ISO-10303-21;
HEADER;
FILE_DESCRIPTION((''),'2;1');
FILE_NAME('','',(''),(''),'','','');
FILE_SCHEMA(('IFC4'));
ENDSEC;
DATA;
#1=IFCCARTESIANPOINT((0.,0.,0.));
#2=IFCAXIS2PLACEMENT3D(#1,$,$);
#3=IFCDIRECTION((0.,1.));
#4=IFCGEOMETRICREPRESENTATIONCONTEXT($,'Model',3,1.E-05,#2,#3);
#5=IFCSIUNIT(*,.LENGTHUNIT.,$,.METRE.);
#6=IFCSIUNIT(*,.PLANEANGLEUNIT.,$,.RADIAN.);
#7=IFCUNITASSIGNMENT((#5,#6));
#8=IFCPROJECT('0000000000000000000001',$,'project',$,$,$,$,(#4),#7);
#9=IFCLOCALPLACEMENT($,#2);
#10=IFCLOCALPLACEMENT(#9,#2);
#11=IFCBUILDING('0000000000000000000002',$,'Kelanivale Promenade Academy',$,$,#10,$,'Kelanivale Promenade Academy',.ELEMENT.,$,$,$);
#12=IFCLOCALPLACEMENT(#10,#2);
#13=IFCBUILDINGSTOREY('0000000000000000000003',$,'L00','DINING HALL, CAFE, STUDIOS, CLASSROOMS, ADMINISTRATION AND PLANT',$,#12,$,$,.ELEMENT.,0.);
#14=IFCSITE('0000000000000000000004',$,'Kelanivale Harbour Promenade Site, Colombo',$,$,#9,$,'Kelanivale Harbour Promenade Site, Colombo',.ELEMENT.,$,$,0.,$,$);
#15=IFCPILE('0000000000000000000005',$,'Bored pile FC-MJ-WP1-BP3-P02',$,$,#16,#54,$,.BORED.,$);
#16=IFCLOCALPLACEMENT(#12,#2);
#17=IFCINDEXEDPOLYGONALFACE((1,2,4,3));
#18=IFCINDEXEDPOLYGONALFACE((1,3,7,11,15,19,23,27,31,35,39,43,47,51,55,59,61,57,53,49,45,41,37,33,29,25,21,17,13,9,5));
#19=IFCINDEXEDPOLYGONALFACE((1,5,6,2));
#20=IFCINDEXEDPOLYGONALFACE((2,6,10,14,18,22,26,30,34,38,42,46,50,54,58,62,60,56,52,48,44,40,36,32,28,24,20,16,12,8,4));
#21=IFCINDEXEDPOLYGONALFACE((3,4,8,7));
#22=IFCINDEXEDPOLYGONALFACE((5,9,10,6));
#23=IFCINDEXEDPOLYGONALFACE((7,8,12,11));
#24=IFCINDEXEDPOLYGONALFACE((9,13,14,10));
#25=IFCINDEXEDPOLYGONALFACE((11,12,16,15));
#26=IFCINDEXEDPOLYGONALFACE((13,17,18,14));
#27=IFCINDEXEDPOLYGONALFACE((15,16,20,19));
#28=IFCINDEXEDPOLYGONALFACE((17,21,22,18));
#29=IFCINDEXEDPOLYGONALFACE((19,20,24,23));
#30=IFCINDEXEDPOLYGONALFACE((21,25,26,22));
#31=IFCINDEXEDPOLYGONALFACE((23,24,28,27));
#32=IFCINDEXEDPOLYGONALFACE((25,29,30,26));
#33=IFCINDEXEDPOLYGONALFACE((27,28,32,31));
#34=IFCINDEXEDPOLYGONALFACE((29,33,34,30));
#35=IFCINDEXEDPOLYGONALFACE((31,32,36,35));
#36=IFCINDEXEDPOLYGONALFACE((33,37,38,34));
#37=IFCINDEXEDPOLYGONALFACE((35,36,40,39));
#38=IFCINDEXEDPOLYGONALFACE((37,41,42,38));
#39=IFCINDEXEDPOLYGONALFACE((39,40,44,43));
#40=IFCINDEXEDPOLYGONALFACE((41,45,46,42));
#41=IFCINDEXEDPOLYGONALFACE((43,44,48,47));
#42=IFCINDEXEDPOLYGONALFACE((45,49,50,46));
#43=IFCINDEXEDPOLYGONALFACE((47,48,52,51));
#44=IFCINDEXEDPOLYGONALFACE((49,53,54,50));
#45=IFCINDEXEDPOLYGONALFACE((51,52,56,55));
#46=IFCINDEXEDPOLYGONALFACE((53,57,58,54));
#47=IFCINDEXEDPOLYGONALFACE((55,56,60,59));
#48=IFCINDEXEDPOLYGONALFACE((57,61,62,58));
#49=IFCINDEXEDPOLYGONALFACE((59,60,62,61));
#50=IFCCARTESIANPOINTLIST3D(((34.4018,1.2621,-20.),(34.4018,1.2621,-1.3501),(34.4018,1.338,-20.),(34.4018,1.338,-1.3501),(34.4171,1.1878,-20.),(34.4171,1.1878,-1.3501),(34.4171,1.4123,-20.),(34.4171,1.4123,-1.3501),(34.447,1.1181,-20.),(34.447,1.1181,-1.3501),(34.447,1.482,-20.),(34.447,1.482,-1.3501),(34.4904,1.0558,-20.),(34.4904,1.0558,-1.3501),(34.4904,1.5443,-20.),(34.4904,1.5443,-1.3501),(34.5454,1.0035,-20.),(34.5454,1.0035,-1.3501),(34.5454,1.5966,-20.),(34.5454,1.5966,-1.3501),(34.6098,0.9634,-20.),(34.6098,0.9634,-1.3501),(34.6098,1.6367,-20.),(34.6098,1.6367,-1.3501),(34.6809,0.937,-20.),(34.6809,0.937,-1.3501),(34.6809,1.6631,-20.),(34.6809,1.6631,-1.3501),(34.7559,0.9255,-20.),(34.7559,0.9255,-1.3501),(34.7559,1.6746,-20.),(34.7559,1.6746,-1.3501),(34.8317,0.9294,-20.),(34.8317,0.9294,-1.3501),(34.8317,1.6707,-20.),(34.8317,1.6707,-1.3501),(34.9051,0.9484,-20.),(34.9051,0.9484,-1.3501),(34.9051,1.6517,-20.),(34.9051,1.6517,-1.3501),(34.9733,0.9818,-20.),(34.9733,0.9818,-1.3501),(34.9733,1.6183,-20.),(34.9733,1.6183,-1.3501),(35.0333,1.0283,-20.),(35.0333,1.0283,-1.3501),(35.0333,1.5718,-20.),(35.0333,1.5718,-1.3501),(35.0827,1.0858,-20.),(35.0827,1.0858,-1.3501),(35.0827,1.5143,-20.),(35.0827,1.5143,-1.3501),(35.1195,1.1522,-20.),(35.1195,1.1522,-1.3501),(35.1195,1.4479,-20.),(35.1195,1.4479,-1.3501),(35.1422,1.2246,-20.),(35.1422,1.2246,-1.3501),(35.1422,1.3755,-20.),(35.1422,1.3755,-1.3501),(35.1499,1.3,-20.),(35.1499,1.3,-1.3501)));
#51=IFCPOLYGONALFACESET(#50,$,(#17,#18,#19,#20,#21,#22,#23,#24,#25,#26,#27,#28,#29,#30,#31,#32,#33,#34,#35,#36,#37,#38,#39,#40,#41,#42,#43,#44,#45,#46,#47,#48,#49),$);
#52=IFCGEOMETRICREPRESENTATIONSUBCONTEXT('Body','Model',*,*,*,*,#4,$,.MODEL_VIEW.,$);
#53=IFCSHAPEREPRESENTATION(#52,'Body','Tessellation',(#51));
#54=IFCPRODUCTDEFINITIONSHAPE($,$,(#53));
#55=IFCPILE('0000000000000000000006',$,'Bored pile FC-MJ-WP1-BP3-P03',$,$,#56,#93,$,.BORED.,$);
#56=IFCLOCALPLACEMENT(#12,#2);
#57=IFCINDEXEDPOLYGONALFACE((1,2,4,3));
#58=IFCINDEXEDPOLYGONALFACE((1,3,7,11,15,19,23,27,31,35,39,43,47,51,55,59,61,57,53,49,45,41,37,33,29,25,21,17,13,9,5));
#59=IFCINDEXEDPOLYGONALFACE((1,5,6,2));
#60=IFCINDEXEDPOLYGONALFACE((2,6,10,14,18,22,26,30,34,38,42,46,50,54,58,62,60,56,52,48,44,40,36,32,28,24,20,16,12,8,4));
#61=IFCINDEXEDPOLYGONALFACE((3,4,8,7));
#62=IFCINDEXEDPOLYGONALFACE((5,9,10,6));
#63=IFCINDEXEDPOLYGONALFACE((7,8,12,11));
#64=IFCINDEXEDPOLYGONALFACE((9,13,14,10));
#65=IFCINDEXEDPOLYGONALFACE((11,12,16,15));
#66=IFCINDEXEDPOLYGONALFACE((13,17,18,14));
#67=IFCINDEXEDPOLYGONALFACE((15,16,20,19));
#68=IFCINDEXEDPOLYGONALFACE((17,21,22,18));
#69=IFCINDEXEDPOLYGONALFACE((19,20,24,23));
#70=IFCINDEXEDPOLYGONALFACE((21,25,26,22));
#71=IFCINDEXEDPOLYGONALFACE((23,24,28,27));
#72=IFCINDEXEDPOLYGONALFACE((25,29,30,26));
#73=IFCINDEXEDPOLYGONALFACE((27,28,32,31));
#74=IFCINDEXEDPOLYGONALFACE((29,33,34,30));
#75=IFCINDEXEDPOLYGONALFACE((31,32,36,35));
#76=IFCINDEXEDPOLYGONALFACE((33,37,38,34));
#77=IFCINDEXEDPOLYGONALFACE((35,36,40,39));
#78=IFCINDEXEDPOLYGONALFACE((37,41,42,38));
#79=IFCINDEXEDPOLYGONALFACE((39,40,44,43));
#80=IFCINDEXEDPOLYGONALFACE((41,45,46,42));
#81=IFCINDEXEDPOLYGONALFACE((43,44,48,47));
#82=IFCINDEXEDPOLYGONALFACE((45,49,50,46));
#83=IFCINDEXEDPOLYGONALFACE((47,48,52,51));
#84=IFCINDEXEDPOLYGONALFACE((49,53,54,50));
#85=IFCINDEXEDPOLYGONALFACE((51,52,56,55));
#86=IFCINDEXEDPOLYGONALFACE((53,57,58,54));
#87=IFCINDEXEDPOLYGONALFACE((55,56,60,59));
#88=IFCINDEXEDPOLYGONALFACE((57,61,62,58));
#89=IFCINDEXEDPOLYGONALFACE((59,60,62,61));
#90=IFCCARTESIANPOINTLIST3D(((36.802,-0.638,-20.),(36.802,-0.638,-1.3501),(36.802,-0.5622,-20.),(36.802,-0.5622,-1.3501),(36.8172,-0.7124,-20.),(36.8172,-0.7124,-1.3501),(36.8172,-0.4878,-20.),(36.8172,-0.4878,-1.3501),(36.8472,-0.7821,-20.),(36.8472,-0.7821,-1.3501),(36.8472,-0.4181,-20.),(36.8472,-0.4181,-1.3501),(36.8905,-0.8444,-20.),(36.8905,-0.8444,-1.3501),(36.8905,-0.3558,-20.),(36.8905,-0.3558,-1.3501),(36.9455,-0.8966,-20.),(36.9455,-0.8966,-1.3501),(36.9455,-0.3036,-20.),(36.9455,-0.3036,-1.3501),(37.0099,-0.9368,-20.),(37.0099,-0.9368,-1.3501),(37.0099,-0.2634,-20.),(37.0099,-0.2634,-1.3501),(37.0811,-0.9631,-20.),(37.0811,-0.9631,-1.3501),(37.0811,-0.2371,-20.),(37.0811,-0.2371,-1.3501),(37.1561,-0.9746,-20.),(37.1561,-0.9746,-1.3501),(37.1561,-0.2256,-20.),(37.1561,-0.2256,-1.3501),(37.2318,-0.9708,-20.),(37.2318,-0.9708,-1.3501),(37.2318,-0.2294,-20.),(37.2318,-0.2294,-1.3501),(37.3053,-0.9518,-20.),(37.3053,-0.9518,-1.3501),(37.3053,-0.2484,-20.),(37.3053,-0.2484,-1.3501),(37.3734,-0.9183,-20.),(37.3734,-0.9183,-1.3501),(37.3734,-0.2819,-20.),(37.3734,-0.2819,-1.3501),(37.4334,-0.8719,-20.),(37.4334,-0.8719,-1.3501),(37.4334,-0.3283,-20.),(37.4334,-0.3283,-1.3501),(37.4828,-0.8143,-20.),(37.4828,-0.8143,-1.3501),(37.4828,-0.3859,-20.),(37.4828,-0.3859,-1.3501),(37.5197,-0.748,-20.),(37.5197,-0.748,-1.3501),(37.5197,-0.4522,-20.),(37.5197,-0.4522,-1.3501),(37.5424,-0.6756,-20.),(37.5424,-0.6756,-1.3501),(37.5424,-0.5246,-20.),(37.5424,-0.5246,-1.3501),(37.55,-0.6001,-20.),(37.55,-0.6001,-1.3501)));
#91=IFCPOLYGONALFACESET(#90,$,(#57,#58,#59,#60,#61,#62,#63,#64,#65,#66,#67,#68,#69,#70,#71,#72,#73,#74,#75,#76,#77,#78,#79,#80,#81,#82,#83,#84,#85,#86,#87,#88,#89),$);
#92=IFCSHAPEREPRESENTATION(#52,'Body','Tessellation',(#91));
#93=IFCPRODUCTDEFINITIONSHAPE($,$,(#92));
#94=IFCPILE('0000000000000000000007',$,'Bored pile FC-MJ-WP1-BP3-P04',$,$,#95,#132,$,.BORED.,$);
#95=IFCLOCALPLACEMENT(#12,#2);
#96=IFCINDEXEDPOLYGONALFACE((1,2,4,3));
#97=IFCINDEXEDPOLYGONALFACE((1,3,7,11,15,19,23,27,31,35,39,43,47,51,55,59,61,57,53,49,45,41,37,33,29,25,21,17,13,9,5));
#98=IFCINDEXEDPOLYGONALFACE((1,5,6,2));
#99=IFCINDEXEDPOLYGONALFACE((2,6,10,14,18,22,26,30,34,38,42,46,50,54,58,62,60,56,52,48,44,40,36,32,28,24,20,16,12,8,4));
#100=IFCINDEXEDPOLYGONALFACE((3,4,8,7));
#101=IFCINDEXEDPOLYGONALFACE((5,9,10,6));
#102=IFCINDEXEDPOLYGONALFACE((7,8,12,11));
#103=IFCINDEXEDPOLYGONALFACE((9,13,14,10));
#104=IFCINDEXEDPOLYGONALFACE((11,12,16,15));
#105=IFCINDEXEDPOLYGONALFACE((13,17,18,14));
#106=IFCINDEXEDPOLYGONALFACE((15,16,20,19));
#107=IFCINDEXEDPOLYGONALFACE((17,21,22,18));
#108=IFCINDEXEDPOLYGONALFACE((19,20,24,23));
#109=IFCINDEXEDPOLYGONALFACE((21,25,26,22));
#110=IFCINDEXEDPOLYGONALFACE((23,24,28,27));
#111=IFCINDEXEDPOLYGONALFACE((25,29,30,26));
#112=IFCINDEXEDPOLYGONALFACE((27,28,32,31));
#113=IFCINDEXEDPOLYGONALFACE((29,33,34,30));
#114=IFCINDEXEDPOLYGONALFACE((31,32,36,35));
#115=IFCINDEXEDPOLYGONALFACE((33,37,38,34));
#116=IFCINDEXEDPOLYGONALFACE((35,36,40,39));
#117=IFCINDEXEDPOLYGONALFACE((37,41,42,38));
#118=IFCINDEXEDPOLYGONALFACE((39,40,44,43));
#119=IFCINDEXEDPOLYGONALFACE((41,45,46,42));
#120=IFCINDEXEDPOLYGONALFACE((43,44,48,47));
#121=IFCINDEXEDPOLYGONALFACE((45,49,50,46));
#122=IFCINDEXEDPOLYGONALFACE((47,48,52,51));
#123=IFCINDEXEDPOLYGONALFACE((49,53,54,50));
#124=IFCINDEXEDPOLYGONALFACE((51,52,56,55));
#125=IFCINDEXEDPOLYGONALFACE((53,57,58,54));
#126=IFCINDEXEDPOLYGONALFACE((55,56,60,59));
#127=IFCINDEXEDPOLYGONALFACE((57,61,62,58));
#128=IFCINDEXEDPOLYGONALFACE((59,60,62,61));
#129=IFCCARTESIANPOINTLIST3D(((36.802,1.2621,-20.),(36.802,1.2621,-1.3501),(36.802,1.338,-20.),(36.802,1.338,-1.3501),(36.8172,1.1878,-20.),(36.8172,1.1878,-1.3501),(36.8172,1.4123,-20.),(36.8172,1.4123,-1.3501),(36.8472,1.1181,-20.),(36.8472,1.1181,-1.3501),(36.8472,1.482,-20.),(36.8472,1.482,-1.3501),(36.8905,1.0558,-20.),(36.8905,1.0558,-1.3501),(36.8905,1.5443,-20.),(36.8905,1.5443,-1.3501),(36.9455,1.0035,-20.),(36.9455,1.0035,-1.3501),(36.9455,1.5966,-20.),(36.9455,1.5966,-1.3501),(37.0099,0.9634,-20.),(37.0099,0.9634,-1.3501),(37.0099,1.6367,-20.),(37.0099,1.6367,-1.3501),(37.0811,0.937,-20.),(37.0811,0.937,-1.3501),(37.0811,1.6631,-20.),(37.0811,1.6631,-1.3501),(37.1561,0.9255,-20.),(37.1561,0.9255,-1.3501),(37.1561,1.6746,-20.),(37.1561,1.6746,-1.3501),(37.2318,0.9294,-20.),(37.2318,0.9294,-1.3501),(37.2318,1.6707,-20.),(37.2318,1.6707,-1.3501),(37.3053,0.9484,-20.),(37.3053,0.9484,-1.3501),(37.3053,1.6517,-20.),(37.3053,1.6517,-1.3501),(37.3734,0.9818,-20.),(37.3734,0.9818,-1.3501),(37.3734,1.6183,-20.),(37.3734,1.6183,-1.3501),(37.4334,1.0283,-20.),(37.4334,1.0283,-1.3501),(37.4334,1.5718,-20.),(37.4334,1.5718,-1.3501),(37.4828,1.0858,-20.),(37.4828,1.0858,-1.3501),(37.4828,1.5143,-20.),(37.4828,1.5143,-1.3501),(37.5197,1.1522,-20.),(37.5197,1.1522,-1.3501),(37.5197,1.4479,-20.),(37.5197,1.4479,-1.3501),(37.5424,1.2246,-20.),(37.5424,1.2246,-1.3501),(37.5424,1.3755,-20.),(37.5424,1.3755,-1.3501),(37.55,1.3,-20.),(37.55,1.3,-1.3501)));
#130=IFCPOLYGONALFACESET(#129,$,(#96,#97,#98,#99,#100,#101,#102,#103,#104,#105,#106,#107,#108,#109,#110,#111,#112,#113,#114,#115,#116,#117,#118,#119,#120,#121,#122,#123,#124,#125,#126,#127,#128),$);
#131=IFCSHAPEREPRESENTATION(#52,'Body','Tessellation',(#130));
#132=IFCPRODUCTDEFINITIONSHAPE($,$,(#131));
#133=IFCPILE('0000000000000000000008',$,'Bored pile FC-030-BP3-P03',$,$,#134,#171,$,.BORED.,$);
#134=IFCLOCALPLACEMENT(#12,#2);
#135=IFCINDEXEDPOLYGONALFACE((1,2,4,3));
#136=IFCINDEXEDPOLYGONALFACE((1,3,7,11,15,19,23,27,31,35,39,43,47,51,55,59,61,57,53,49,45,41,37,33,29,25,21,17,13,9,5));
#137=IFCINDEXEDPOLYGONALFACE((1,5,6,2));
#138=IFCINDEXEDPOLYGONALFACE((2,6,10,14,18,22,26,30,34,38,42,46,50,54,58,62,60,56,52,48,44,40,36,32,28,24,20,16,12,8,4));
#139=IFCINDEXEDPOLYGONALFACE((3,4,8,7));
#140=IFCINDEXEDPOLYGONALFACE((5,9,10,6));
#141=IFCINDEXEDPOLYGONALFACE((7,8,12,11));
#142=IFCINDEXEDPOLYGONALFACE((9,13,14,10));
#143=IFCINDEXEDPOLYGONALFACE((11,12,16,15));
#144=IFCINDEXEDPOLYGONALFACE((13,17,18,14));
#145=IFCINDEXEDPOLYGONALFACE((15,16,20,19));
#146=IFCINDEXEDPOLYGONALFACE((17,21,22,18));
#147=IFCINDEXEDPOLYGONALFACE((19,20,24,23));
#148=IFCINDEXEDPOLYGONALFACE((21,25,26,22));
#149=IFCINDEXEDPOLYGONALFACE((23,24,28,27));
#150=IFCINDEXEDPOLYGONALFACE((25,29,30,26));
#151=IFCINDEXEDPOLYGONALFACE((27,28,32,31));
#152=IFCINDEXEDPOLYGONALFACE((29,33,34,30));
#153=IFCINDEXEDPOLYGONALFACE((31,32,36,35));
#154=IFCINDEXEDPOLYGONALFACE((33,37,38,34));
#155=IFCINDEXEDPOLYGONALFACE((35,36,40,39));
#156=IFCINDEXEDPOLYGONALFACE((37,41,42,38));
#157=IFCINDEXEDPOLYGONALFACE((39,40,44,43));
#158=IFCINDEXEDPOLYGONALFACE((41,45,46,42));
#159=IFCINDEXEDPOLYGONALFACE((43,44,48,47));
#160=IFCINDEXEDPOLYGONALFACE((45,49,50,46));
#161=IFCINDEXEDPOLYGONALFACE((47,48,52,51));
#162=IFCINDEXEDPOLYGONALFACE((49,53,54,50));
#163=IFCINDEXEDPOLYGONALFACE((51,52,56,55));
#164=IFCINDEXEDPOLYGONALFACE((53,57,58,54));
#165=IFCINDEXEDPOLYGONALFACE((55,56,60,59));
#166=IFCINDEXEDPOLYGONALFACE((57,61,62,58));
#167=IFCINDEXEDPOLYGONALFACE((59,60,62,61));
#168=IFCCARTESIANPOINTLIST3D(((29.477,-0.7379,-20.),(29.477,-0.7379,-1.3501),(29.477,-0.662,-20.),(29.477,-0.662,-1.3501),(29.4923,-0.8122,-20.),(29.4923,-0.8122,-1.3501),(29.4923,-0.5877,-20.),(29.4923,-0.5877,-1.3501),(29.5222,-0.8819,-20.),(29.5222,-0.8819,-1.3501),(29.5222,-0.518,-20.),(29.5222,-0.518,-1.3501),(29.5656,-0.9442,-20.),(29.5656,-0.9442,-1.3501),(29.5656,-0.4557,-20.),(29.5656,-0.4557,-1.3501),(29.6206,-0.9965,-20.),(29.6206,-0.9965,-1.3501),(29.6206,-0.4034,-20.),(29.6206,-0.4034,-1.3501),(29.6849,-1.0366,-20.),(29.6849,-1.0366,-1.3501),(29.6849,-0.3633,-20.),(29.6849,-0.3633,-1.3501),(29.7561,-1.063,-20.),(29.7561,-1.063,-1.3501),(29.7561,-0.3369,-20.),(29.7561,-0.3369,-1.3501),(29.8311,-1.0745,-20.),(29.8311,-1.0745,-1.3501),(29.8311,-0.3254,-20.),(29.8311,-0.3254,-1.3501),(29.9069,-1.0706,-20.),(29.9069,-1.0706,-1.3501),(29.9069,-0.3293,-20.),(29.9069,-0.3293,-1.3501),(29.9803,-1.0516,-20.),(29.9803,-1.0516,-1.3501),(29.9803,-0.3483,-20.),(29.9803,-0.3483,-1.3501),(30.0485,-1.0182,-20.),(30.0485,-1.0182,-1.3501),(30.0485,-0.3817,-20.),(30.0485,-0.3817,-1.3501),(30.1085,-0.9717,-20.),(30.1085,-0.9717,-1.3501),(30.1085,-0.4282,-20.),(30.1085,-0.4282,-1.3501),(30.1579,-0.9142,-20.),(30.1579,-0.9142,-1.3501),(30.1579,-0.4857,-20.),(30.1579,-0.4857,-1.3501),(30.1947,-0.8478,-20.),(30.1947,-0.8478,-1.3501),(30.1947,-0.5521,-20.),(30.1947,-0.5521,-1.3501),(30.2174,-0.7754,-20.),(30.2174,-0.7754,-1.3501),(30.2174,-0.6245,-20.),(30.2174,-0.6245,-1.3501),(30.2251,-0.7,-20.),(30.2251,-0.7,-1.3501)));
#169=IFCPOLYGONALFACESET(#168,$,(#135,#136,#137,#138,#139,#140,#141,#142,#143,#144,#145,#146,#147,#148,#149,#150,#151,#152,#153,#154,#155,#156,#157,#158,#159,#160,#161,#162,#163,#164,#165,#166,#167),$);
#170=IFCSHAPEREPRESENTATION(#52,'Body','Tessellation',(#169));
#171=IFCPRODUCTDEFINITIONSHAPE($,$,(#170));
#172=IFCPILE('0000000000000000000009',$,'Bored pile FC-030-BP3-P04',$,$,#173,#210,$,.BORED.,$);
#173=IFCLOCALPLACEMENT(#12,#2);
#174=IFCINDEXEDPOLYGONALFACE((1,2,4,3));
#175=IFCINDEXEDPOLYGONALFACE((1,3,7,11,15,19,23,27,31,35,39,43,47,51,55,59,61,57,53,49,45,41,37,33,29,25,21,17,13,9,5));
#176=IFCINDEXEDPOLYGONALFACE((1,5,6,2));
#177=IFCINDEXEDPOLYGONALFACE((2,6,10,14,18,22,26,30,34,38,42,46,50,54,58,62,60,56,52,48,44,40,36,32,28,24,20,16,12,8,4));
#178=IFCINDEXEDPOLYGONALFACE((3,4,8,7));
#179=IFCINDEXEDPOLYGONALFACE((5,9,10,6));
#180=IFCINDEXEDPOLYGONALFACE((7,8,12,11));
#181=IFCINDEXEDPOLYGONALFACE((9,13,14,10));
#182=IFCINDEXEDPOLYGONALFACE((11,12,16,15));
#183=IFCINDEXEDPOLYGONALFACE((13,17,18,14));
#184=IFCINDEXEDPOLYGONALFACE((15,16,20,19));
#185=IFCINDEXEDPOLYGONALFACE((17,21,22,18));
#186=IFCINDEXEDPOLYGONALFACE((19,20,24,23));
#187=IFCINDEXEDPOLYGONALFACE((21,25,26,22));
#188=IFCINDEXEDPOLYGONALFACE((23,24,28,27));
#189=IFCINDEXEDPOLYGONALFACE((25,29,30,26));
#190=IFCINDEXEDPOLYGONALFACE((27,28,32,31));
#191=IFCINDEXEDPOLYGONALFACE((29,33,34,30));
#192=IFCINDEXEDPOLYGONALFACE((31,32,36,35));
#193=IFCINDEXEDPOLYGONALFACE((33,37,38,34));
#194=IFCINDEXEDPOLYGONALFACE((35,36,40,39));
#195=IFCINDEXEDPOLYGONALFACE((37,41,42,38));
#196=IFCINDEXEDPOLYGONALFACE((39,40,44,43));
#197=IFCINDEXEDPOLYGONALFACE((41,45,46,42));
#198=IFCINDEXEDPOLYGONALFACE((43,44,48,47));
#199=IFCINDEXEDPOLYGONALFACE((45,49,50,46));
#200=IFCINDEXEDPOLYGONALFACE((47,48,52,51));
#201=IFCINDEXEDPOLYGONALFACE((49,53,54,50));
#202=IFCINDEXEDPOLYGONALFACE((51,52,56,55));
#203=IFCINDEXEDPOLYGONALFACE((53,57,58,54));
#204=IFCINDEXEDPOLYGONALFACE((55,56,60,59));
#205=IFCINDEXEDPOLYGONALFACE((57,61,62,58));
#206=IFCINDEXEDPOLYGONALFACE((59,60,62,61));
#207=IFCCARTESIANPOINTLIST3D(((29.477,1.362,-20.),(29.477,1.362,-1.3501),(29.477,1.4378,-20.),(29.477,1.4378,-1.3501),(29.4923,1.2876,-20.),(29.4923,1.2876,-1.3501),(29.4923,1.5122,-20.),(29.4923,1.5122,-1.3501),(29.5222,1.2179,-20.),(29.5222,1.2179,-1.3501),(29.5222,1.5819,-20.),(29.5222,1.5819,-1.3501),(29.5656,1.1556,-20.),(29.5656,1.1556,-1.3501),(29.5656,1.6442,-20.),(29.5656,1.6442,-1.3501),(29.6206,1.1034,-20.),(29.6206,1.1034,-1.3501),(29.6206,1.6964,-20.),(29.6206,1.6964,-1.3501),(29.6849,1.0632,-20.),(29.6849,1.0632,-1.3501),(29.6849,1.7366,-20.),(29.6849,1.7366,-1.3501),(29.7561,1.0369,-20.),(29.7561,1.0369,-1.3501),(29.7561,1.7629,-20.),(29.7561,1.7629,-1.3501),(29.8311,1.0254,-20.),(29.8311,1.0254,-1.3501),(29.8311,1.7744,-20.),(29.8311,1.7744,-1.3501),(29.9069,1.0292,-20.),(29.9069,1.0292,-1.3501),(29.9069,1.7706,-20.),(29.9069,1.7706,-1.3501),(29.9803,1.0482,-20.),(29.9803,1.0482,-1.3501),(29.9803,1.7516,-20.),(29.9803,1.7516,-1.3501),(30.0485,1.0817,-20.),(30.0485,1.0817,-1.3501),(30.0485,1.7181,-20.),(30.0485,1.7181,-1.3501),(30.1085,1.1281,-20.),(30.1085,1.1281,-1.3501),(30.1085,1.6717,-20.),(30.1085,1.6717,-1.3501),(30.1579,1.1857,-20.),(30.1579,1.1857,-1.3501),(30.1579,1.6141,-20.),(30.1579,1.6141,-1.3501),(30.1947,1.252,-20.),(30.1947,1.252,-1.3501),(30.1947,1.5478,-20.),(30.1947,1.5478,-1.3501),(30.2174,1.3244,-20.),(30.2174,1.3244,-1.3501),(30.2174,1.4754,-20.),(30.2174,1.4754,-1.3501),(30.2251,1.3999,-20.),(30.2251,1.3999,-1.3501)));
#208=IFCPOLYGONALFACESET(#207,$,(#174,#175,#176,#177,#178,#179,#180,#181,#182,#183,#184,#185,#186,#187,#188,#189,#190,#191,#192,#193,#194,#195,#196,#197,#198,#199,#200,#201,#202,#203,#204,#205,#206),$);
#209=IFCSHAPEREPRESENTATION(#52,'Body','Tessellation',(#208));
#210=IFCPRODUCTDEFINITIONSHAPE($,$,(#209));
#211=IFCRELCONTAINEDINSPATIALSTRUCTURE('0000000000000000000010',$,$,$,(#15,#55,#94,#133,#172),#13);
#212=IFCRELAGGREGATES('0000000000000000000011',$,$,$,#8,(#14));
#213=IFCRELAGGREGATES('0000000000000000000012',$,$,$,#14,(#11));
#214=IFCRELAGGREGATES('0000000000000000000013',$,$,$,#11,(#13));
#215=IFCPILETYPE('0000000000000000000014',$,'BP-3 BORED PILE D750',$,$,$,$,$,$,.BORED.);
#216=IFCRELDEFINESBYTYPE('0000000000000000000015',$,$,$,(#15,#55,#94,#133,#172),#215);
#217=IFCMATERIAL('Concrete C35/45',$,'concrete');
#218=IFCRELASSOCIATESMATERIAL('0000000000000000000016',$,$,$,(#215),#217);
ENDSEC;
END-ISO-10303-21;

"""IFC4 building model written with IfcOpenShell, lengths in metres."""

from ifc_helpers import new_model, si_unit, direction, frame, origin, origin_2d, place, context, subcontext, project, spatial, circle, extrude, material, material_profile, profile_set, type_object, element, save


model = new_model("IFC4")

# Units and contexts
model_context = context("Model", 3, precision=1e-05, world=origin(), true_north=direction((0.0, 1.0)))
body_context = subcontext(model_context, "Body", "Model", "MODEL_VIEW")
ifc_project = project(units=[si_unit("LENGTHUNIT", "METRE"), si_unit("PLANEANGLEUNIT", "RADIAN")], contexts=[model_context])

# Site, building, storey
site_placement = place(None, origin())
site = spatial("IfcSite", under=ifc_project, at=site_placement, Name="Kelanivale Harbour Promenade Site, Colombo", LongName="Kelanivale Harbour Promenade Site, Colombo", CompositionType="ELEMENT", RefElevation=0.0)
building_placement = place(site_placement, origin())
building = spatial("IfcBuilding", under=site, at=building_placement, Name="Kelanivale Promenade Academy", LongName="Kelanivale Promenade Academy", CompositionType="ELEMENT")
storey_placement = place(building_placement, origin())
storey = spatial("IfcBuildingStorey", under=building, at=storey_placement, Name="L00", Description="DINING HALL, CAFE, STUDIOS, CLASSROOMS, ADMINISTRATION AND PLANT", CompositionType="ELEMENT", Elevation=0.0)

# Piles
ifc_material_1 = material(Name="Concrete C35/45", Category="concrete")
ifc_material_profile_1 = material_profile(ifc_material_1, circle(Radius=0.375, at=origin_2d()), Name="BORED PILE D750")
ifc_profile_set_1 = profile_set([ifc_material_profile_1], Name="Concrete C35/45")
pile_type_1 = type_object("IfcPileType", Name="BP-3 BORED PILE D750", PredefinedType="BORED", material=ifc_profile_set_1)
for number, where, z_axis, x_axis, name in (
    (1, (34.7749, 1.3, -1.3501), (0.0, 0.0, -1.0), (1.0, 0.0, 0.0), "Bored pile FC-MJ-WP1-BP3-P02"),
    (2, (37.175, -0.6001, -1.3501), (0.0, 0.0, -1.0), (1.0, 0.0, 0.0), "Bored pile FC-MJ-WP1-BP3-P03"),
    (3, (37.175, 1.3, -1.3501), (0.0, 0.0, -1.0), (1.0, 0.0, 0.0), "Bored pile FC-MJ-WP1-BP3-P04"),
    (4, (29.8501, -0.7, -1.3501), (0.0, 0.0, -1.0), (1.0, 0.0, 0.0), "Bored pile FC-030-BP3-P03"),
    (5, (29.8501, 1.3999, -1.3501), (0.0, 0.0, -1.0), (1.0, 0.0, 0.0), "Bored pile FC-030-BP3-P04"),
):
    element("IfcPile", number, at=place(storey_placement, frame(where, z_axis=z_axis, x_axis=x_axis)), inside=storey, type_object=pile_type_1, Name=name, PredefinedType="BORED", context=body_context, shape_type="SweptSolid", body=[
        extrude(circle(Radius=0.375, at=origin_2d()), origin(), (0.0, 0.0, 1.0), 18.6499),
    ])

save(model, "model.ifc")
